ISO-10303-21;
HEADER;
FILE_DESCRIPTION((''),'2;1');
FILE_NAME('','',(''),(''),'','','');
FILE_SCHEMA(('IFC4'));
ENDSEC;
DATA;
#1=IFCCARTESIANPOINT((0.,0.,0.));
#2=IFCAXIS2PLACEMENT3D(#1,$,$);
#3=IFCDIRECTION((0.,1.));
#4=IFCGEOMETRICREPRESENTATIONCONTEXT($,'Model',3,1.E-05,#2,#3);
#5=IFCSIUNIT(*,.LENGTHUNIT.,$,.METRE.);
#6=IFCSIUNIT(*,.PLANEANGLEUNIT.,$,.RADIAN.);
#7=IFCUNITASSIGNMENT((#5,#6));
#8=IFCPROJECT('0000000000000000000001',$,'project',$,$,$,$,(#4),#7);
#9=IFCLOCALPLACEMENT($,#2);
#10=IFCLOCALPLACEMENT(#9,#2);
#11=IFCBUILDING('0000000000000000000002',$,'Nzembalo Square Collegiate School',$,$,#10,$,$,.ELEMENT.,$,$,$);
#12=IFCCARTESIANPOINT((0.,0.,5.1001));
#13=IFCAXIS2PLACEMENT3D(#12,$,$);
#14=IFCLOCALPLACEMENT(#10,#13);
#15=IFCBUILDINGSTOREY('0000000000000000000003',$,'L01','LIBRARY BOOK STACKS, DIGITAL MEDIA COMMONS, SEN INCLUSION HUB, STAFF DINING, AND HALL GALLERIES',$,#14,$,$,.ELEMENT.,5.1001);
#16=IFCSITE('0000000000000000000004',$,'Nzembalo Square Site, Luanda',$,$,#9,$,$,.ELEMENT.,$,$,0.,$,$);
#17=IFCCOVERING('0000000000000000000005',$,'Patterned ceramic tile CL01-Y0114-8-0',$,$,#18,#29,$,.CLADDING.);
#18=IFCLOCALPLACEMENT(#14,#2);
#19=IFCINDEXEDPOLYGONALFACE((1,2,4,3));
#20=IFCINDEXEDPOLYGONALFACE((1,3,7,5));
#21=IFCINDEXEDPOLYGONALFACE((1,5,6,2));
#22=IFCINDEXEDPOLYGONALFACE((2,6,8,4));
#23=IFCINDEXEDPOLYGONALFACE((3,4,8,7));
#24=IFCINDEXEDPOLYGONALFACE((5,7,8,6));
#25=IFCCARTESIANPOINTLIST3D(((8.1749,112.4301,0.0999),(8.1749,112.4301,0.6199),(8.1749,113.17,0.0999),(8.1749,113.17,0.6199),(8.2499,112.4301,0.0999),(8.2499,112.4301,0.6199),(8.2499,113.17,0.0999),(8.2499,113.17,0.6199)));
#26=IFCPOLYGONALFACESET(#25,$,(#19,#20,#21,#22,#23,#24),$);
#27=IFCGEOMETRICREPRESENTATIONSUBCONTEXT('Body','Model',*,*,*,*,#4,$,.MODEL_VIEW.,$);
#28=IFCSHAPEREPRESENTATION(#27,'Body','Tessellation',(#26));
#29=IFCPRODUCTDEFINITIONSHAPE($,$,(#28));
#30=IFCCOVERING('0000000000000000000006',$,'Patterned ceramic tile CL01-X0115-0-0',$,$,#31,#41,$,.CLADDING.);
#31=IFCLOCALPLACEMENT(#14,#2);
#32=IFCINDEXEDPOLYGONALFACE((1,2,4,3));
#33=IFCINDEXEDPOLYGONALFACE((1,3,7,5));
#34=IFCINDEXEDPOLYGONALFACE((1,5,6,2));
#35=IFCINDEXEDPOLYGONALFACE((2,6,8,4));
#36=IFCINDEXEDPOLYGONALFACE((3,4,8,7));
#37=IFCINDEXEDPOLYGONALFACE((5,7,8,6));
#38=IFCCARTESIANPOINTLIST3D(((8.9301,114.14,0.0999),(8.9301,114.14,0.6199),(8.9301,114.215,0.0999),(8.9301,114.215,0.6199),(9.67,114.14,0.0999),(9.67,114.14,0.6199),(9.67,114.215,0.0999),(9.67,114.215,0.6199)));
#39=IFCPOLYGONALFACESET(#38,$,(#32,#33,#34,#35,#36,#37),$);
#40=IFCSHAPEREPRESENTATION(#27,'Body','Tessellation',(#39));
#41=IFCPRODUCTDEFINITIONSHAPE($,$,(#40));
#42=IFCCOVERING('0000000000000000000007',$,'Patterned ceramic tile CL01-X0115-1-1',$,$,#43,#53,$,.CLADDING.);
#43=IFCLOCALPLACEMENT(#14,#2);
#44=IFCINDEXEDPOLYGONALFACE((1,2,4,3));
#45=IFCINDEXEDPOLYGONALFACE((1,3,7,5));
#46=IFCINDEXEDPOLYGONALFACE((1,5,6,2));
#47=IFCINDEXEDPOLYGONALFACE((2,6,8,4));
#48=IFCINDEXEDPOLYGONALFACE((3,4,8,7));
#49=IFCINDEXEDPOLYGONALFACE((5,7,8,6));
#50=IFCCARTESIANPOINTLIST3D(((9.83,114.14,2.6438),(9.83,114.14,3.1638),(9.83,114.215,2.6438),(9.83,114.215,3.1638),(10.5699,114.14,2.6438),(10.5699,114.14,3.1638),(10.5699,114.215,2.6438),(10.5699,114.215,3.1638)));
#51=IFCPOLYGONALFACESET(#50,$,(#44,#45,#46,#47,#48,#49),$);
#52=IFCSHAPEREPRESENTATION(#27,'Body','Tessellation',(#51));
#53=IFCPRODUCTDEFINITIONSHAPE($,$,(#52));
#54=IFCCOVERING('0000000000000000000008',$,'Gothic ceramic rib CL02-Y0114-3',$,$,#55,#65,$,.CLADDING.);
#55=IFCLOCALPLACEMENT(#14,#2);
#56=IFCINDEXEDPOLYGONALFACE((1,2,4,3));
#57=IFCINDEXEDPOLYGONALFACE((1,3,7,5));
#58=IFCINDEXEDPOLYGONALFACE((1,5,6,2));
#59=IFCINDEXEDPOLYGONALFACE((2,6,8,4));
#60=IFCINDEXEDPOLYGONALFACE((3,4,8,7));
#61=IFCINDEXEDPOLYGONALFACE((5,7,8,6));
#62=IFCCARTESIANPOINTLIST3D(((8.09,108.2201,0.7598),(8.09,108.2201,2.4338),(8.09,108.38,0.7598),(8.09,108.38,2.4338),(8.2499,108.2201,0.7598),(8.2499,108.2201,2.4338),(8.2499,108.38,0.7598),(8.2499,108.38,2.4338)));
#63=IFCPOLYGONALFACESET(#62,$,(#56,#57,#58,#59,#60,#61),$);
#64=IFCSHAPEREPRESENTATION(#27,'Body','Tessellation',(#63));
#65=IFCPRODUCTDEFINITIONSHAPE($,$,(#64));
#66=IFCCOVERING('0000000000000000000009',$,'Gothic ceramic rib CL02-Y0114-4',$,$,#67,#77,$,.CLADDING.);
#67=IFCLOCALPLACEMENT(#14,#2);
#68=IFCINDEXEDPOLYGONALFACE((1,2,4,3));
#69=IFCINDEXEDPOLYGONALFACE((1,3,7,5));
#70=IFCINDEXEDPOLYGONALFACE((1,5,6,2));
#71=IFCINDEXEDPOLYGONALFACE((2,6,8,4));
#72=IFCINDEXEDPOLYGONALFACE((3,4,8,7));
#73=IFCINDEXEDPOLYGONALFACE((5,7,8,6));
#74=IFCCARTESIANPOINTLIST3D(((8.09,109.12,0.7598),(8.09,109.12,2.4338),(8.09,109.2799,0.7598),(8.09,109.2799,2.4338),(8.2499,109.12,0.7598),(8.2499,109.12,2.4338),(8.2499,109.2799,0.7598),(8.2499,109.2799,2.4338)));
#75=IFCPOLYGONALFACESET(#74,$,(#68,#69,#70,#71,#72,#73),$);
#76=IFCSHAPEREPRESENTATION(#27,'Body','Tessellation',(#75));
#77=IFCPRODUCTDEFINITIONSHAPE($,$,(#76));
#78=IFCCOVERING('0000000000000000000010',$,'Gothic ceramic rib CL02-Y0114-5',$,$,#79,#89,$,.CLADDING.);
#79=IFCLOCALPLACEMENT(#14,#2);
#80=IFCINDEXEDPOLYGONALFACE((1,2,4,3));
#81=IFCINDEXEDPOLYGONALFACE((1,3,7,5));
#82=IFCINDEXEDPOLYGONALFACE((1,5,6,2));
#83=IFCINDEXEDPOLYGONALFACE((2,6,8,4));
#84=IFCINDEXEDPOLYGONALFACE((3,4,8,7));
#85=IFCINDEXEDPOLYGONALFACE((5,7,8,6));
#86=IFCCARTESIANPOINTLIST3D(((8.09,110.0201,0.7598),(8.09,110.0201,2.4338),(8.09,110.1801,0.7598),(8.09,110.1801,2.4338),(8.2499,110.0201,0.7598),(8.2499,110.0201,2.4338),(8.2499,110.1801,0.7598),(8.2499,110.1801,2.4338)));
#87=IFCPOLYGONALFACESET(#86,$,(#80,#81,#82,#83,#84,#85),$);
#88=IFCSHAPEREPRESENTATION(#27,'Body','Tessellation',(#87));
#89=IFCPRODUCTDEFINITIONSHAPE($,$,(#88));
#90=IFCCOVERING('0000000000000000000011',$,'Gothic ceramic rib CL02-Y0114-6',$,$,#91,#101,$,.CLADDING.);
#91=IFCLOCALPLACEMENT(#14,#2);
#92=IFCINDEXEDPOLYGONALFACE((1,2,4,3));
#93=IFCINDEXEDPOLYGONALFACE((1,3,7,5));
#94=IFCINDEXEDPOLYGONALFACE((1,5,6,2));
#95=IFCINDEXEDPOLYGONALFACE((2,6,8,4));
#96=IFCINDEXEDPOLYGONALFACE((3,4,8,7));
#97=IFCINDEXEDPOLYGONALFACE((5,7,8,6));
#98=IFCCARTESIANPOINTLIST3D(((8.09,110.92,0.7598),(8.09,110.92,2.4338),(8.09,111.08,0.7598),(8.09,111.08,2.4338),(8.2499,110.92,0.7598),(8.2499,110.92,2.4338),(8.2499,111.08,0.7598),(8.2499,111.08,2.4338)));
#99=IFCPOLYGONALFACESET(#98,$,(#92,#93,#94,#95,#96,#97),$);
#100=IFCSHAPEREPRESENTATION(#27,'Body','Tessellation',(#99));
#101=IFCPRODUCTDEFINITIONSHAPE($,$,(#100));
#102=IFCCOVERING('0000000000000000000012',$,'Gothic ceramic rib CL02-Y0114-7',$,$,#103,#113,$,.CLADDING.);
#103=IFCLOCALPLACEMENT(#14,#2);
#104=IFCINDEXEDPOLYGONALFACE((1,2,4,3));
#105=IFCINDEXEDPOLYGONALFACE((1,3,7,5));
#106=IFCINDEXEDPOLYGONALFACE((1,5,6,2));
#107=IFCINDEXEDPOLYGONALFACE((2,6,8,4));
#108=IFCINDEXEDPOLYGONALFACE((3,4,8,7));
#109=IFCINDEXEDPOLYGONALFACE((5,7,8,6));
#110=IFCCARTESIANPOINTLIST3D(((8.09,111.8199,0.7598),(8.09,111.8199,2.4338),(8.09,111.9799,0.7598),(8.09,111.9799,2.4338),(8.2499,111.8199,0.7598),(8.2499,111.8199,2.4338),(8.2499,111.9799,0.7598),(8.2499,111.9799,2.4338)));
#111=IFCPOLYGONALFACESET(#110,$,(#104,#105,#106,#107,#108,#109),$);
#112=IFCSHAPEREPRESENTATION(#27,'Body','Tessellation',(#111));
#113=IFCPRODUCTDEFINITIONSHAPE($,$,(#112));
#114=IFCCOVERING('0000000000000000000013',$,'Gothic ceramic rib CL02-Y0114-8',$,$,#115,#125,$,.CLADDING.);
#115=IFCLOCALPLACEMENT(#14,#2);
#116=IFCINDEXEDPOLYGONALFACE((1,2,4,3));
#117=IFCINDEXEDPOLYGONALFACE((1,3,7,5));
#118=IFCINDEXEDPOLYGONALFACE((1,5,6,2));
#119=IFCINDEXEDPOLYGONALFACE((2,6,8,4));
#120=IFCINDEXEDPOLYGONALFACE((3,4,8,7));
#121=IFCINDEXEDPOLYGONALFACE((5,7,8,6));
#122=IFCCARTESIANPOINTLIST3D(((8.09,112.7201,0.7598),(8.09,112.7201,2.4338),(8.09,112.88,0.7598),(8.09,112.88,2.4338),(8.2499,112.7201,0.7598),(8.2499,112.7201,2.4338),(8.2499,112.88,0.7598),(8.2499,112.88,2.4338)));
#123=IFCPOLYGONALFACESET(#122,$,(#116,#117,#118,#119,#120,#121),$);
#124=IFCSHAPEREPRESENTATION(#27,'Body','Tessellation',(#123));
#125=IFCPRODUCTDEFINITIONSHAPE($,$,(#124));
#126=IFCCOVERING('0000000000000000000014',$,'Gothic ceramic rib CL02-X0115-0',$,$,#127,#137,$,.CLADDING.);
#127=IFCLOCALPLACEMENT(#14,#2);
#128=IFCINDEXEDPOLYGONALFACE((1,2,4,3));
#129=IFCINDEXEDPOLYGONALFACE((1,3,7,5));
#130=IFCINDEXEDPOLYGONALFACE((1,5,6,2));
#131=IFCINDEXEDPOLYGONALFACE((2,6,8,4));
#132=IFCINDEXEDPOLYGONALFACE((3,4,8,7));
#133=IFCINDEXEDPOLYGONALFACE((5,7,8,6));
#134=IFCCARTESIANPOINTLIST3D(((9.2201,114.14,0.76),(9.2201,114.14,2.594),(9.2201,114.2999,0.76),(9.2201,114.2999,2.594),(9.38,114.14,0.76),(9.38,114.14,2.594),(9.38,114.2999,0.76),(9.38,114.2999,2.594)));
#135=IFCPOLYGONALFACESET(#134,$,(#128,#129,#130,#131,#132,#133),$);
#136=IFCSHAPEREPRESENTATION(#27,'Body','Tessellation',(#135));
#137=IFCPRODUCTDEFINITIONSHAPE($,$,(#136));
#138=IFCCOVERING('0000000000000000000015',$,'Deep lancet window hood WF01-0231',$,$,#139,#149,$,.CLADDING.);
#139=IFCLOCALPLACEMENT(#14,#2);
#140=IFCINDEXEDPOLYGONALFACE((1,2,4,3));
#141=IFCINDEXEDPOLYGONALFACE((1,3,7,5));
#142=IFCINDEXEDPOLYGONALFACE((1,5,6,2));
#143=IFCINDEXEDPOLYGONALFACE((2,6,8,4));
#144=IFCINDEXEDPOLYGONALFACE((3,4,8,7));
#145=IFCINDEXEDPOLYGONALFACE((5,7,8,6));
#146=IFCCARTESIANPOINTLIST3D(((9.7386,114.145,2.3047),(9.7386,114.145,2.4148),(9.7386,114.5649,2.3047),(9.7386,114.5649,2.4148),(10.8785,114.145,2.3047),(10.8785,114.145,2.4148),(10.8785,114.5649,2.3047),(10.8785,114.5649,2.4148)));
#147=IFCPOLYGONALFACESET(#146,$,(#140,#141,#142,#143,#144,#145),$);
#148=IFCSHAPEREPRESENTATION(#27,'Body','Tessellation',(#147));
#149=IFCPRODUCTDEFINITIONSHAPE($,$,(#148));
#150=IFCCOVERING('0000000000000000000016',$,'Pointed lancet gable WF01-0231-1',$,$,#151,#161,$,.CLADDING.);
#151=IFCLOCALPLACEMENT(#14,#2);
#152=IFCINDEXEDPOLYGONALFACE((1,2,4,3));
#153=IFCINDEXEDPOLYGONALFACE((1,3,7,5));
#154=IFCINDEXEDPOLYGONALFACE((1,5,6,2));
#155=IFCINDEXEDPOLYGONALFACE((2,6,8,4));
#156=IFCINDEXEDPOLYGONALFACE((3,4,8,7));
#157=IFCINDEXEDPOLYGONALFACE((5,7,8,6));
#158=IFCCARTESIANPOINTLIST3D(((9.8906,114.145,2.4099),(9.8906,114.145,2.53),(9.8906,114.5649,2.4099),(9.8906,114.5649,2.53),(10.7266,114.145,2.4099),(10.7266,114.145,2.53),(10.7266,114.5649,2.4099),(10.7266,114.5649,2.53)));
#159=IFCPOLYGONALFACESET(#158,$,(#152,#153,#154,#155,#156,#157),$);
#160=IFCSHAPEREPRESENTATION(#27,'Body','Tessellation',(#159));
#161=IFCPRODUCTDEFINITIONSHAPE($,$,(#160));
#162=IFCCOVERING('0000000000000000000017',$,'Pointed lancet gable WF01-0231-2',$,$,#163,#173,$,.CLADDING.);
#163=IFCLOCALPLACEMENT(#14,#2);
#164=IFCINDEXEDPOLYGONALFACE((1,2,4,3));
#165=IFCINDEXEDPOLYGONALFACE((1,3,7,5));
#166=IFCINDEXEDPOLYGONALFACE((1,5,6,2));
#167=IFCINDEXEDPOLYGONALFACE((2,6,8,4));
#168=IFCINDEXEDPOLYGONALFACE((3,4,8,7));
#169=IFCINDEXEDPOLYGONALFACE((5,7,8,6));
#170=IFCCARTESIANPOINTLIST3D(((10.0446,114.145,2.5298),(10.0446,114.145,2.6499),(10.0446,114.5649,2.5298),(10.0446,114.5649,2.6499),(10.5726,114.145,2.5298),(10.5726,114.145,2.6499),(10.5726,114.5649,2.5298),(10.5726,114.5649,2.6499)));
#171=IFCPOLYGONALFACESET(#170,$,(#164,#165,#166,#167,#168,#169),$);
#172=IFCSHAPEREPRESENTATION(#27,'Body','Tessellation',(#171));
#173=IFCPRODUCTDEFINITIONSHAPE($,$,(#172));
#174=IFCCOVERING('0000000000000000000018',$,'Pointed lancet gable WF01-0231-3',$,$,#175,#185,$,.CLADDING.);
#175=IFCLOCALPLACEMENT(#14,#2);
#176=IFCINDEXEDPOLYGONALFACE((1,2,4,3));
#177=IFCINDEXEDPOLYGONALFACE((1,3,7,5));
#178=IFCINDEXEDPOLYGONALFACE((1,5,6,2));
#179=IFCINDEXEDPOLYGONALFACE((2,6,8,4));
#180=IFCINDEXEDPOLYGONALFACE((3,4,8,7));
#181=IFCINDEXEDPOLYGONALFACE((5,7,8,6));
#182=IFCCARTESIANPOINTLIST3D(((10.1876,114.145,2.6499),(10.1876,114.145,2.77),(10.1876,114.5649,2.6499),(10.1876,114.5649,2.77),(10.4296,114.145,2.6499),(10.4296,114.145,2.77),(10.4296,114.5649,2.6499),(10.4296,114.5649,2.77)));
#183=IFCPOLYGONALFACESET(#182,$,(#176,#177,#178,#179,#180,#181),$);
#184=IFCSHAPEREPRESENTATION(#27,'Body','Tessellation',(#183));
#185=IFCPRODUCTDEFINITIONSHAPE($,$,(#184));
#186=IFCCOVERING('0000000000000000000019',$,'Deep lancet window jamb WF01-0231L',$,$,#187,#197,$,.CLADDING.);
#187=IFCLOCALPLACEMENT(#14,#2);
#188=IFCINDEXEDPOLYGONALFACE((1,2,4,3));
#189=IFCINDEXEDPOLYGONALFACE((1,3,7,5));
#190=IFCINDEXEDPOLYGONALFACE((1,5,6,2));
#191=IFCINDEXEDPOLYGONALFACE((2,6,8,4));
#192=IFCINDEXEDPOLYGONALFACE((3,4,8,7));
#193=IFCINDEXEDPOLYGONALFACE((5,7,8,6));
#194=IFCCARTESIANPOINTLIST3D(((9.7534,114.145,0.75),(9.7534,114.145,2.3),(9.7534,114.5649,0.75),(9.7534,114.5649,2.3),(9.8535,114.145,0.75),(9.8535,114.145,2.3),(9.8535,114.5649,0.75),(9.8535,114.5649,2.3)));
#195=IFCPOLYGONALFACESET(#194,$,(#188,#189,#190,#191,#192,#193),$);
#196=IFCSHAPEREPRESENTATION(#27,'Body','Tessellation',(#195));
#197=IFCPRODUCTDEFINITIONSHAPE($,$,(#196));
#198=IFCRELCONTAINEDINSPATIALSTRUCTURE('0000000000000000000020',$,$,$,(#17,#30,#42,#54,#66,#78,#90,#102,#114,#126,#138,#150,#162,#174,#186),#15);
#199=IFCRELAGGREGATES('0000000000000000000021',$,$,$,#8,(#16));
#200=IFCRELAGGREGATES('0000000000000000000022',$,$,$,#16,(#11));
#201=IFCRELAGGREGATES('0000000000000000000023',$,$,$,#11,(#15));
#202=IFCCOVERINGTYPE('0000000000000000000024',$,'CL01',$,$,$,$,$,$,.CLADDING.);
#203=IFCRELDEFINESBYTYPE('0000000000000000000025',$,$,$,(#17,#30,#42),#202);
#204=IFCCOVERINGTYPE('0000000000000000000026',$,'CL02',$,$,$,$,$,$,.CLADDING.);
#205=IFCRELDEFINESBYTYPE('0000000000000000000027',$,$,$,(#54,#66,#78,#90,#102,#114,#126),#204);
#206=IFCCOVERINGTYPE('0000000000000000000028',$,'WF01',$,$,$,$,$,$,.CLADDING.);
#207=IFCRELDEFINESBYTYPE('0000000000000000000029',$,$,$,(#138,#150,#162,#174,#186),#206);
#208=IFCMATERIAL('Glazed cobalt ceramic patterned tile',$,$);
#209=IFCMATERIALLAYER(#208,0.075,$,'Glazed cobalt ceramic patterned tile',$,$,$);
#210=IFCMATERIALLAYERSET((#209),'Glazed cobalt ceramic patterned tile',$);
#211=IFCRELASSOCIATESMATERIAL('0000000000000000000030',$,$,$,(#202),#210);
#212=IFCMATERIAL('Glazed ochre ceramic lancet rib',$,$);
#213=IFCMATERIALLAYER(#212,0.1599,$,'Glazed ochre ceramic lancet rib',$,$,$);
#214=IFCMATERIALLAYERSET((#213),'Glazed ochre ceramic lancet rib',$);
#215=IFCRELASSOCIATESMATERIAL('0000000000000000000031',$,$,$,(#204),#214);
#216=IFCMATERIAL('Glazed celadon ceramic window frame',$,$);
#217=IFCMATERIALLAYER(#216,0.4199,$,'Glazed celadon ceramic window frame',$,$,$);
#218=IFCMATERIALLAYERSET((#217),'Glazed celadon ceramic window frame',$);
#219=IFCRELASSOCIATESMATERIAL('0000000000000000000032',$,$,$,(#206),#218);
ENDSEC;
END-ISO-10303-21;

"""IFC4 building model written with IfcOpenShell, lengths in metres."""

from ifc_helpers import new_model, si_unit, direction, frame, origin, origin_2d, place, context, subcontext, project, spatial, rectangle, extrude, material, layer, layer_set, type_object, element, save


model = new_model("IFC4")

# Units and contexts
model_context = context("Model", 3, precision=1e-05, world=origin(), true_north=direction((0.0, 1.0)))
body_context = subcontext(model_context, "Body", "Model", "MODEL_VIEW")
ifc_project = project(units=[si_unit("LENGTHUNIT", "METRE"), si_unit("PLANEANGLEUNIT", "RADIAN")], contexts=[model_context])

# Site, building, storey
site_placement = place(None, origin())
site = spatial("IfcSite", under=ifc_project, at=site_placement, Name="Nzembalo Square Site, Luanda", CompositionType="ELEMENT", RefElevation=0.0)
building_placement = place(site_placement, origin())
building = spatial("IfcBuilding", under=site, at=building_placement, Name="Nzembalo Square Collegiate School", CompositionType="ELEMENT")
storey_placement = place(building_placement, frame((0.0, 0.0, 5.1001)))
storey = spatial("IfcBuildingStorey", under=building, at=storey_placement, Name="L01", Description="LIBRARY BOOK STACKS, DIGITAL MEDIA COMMONS, SEN INCLUSION HUB, STAFF DINING, AND HALL GALLERIES", CompositionType="ELEMENT", Elevation=5.1001)

# Coverings
ifc_material_1 = material(Name="Glazed cobalt ceramic patterned tile")
ifc_layer_1 = layer(ifc_material_1, 0.075, Name="Glazed cobalt ceramic patterned tile")
ifc_layer_set_1 = layer_set([ifc_layer_1], Name="Glazed cobalt ceramic patterned tile")
covering_type_1 = type_object("IfcCoveringType", Name="CL01", PredefinedType="CLADDING", material=ifc_layer_set_1)
for number, where, z_axis, x_axis, name in (
    (1, (8.2124, 112.8, 0.0999), (0.0, 0.0, 1.0), (1.0, 0.0, 0.0), "Patterned ceramic tile CL01-Y0114-8-0"),
):
    element("IfcCovering", number, at=place(storey_placement, frame(where, z_axis=z_axis, x_axis=x_axis)), inside=storey, type_object=covering_type_1, Name=name, PredefinedType="CLADDING", context=body_context, shape_type="SweptSolid", body=[
        extrude(rectangle(XDim=0.075, YDim=0.74, at=origin_2d()), origin(), (0.0, 0.0, 1.0), 0.52),
    ])
for number, where, z_axis, x_axis, name in (
    (2, (9.3, 114.1775, 0.0999), (0.0, 0.0, 1.0), (1.0, 0.0, 0.0), "Patterned ceramic tile CL01-X0115-0-0"),
    (3, (10.2, 114.1775, 2.6438), (0.0, 0.0, 1.0), (1.0, 0.0, 0.0), "Patterned ceramic tile CL01-X0115-1-1"),
):
    element("IfcCovering", number, at=place(storey_placement, frame(where, z_axis=z_axis, x_axis=x_axis)), inside=storey, type_object=covering_type_1, Name=name, PredefinedType="CLADDING", context=body_context, shape_type="SweptSolid", body=[
        extrude(rectangle(XDim=0.74, YDim=0.075, at=origin_2d()), origin(), (0.0, 0.0, 1.0), 0.52),
    ])
ifc_material_2 = material(Name="Glazed ochre ceramic lancet rib")
ifc_layer_2 = layer(ifc_material_2, 0.1599, Name="Glazed ochre ceramic lancet rib")
ifc_layer_set_2 = layer_set([ifc_layer_2], Name="Glazed ochre ceramic lancet rib")
covering_type_2 = type_object("IfcCoveringType", Name="CL02", PredefinedType="CLADDING", material=ifc_layer_set_2)
for number, where, z_axis, x_axis, name in (
    (4, (8.1699, 108.3, 0.7598), (0.0, 0.0, 1.0), (1.0, 0.0, 0.0), "Gothic ceramic rib CL02-Y0114-3"),
    (5, (8.1699, 109.2, 0.7598), (0.0, 0.0, 1.0), (1.0, 0.0, 0.0), "Gothic ceramic rib CL02-Y0114-4"),
    (6, (8.1699, 110.1001, 0.7598), (0.0, 0.0, 1.0), (1.0, 0.0, 0.0), "Gothic ceramic rib CL02-Y0114-5"),
    (7, (8.1699, 111.0, 0.7598), (0.0, 0.0, 1.0), (1.0, 0.0, 0.0), "Gothic ceramic rib CL02-Y0114-6"),
    (8, (8.1699, 111.8999, 0.7598), (0.0, 0.0, 1.0), (1.0, 0.0, 0.0), "Gothic ceramic rib CL02-Y0114-7"),
    (9, (8.1699, 112.8, 0.7598), (0.0, 0.0, 1.0), (1.0, 0.0, 0.0), "Gothic ceramic rib CL02-Y0114-8"),
):
    element("IfcCovering", number, at=place(storey_placement, frame(where, z_axis=z_axis, x_axis=x_axis)), inside=storey, type_object=covering_type_2, Name=name, PredefinedType="CLADDING", context=body_context, shape_type="SweptSolid", body=[
        extrude(rectangle(XDim=0.1599, YDim=0.1599, at=origin_2d()), origin(), (0.0, 0.0, 1.0), 1.6741),
    ])
covering_1_placement = place(storey_placement, frame((9.3, 114.22, 0.76), z_axis=(0.0, 0.0, 1.0), x_axis=(1.0, 0.0, 0.0)))
element("IfcCovering", 10, at=covering_1_placement, inside=storey, type_object=covering_type_2, Name="Gothic ceramic rib CL02-X0115-0", PredefinedType="CLADDING", context=body_context, shape_type="SweptSolid", body=[
    extrude(rectangle(XDim=0.1599, YDim=0.1599, at=origin_2d()), origin(), (0.0, 0.0, 1.0), 1.834),
])
ifc_material_3 = material(Name="Glazed celadon ceramic window frame")
ifc_layer_3 = layer(ifc_material_3, 0.4199, Name="Glazed celadon ceramic window frame")
ifc_layer_set_3 = layer_set([ifc_layer_3], Name="Glazed celadon ceramic window frame")
covering_type_3 = type_object("IfcCoveringType", Name="WF01", PredefinedType="CLADDING", material=ifc_layer_set_3)
covering_2_placement = place(storey_placement, frame((10.3086, 114.355, 2.3047), z_axis=(0.0, 0.0, 1.0), x_axis=(1.0, 0.0, 0.0)))
element("IfcCovering", 11, at=covering_2_placement, inside=storey, type_object=covering_type_3, Name="Deep lancet window hood WF01-0231", PredefinedType="CLADDING", context=body_context, shape_type="SweptSolid", body=[
    extrude(rectangle(XDim=1.1399, YDim=0.4199, at=origin_2d()), origin(), (0.0, 0.0, 1.0), 0.1101),
])
covering_3_placement = place(storey_placement, frame((10.3086, 114.355, 2.4099), z_axis=(0.0, 0.0, 1.0), x_axis=(1.0, 0.0, 0.0)))
element("IfcCovering", 12, at=covering_3_placement, inside=storey, type_object=covering_type_3, Name="Pointed lancet gable WF01-0231-1", PredefinedType="CLADDING", context=body_context, shape_type="SweptSolid", body=[
    extrude(rectangle(XDim=0.8359, YDim=0.4199, at=origin_2d()), origin(), (0.0, 0.0, 1.0), 0.1201),
])
covering_4_placement = place(storey_placement, frame((10.3086, 114.355, 2.5298), z_axis=(0.0, 0.0, 1.0), x_axis=(1.0, 0.0, 0.0)))
element("IfcCovering", 13, at=covering_4_placement, inside=storey, type_object=covering_type_3, Name="Pointed lancet gable WF01-0231-2", PredefinedType="CLADDING", context=body_context, shape_type="SweptSolid", body=[
    extrude(rectangle(XDim=0.5281, YDim=0.4199, at=origin_2d()), origin(), (0.0, 0.0, 1.0), 0.1201),
])
covering_5_placement = place(storey_placement, frame((10.3086, 114.355, 2.6499), z_axis=(0.0, 0.0, 1.0), x_axis=(1.0, 0.0, 0.0)))
element("IfcCovering", 14, at=covering_5_placement, inside=storey, type_object=covering_type_3, Name="Pointed lancet gable WF01-0231-3", PredefinedType="CLADDING", context=body_context, shape_type="SweptSolid", body=[
    extrude(rectangle(XDim=0.2419, YDim=0.4199, at=origin_2d()), origin(), (0.0, 0.0, 1.0), 0.1201),
])
covering_6_placement = place(storey_placement, frame((9.8035, 114.355, 0.75), z_axis=(0.0, 0.0, 1.0), x_axis=(1.0, 0.0, 0.0)))
element("IfcCovering", 15, at=covering_6_placement, inside=storey, type_object=covering_type_3, Name="Deep lancet window jamb WF01-0231L", PredefinedType="CLADDING", context=body_context, shape_type="SweptSolid", body=[
    extrude(rectangle(XDim=0.1001, YDim=0.4199, at=origin_2d()), origin(), (0.0, 0.0, 1.0), 1.55),
])

save(model, "model.ifc")
